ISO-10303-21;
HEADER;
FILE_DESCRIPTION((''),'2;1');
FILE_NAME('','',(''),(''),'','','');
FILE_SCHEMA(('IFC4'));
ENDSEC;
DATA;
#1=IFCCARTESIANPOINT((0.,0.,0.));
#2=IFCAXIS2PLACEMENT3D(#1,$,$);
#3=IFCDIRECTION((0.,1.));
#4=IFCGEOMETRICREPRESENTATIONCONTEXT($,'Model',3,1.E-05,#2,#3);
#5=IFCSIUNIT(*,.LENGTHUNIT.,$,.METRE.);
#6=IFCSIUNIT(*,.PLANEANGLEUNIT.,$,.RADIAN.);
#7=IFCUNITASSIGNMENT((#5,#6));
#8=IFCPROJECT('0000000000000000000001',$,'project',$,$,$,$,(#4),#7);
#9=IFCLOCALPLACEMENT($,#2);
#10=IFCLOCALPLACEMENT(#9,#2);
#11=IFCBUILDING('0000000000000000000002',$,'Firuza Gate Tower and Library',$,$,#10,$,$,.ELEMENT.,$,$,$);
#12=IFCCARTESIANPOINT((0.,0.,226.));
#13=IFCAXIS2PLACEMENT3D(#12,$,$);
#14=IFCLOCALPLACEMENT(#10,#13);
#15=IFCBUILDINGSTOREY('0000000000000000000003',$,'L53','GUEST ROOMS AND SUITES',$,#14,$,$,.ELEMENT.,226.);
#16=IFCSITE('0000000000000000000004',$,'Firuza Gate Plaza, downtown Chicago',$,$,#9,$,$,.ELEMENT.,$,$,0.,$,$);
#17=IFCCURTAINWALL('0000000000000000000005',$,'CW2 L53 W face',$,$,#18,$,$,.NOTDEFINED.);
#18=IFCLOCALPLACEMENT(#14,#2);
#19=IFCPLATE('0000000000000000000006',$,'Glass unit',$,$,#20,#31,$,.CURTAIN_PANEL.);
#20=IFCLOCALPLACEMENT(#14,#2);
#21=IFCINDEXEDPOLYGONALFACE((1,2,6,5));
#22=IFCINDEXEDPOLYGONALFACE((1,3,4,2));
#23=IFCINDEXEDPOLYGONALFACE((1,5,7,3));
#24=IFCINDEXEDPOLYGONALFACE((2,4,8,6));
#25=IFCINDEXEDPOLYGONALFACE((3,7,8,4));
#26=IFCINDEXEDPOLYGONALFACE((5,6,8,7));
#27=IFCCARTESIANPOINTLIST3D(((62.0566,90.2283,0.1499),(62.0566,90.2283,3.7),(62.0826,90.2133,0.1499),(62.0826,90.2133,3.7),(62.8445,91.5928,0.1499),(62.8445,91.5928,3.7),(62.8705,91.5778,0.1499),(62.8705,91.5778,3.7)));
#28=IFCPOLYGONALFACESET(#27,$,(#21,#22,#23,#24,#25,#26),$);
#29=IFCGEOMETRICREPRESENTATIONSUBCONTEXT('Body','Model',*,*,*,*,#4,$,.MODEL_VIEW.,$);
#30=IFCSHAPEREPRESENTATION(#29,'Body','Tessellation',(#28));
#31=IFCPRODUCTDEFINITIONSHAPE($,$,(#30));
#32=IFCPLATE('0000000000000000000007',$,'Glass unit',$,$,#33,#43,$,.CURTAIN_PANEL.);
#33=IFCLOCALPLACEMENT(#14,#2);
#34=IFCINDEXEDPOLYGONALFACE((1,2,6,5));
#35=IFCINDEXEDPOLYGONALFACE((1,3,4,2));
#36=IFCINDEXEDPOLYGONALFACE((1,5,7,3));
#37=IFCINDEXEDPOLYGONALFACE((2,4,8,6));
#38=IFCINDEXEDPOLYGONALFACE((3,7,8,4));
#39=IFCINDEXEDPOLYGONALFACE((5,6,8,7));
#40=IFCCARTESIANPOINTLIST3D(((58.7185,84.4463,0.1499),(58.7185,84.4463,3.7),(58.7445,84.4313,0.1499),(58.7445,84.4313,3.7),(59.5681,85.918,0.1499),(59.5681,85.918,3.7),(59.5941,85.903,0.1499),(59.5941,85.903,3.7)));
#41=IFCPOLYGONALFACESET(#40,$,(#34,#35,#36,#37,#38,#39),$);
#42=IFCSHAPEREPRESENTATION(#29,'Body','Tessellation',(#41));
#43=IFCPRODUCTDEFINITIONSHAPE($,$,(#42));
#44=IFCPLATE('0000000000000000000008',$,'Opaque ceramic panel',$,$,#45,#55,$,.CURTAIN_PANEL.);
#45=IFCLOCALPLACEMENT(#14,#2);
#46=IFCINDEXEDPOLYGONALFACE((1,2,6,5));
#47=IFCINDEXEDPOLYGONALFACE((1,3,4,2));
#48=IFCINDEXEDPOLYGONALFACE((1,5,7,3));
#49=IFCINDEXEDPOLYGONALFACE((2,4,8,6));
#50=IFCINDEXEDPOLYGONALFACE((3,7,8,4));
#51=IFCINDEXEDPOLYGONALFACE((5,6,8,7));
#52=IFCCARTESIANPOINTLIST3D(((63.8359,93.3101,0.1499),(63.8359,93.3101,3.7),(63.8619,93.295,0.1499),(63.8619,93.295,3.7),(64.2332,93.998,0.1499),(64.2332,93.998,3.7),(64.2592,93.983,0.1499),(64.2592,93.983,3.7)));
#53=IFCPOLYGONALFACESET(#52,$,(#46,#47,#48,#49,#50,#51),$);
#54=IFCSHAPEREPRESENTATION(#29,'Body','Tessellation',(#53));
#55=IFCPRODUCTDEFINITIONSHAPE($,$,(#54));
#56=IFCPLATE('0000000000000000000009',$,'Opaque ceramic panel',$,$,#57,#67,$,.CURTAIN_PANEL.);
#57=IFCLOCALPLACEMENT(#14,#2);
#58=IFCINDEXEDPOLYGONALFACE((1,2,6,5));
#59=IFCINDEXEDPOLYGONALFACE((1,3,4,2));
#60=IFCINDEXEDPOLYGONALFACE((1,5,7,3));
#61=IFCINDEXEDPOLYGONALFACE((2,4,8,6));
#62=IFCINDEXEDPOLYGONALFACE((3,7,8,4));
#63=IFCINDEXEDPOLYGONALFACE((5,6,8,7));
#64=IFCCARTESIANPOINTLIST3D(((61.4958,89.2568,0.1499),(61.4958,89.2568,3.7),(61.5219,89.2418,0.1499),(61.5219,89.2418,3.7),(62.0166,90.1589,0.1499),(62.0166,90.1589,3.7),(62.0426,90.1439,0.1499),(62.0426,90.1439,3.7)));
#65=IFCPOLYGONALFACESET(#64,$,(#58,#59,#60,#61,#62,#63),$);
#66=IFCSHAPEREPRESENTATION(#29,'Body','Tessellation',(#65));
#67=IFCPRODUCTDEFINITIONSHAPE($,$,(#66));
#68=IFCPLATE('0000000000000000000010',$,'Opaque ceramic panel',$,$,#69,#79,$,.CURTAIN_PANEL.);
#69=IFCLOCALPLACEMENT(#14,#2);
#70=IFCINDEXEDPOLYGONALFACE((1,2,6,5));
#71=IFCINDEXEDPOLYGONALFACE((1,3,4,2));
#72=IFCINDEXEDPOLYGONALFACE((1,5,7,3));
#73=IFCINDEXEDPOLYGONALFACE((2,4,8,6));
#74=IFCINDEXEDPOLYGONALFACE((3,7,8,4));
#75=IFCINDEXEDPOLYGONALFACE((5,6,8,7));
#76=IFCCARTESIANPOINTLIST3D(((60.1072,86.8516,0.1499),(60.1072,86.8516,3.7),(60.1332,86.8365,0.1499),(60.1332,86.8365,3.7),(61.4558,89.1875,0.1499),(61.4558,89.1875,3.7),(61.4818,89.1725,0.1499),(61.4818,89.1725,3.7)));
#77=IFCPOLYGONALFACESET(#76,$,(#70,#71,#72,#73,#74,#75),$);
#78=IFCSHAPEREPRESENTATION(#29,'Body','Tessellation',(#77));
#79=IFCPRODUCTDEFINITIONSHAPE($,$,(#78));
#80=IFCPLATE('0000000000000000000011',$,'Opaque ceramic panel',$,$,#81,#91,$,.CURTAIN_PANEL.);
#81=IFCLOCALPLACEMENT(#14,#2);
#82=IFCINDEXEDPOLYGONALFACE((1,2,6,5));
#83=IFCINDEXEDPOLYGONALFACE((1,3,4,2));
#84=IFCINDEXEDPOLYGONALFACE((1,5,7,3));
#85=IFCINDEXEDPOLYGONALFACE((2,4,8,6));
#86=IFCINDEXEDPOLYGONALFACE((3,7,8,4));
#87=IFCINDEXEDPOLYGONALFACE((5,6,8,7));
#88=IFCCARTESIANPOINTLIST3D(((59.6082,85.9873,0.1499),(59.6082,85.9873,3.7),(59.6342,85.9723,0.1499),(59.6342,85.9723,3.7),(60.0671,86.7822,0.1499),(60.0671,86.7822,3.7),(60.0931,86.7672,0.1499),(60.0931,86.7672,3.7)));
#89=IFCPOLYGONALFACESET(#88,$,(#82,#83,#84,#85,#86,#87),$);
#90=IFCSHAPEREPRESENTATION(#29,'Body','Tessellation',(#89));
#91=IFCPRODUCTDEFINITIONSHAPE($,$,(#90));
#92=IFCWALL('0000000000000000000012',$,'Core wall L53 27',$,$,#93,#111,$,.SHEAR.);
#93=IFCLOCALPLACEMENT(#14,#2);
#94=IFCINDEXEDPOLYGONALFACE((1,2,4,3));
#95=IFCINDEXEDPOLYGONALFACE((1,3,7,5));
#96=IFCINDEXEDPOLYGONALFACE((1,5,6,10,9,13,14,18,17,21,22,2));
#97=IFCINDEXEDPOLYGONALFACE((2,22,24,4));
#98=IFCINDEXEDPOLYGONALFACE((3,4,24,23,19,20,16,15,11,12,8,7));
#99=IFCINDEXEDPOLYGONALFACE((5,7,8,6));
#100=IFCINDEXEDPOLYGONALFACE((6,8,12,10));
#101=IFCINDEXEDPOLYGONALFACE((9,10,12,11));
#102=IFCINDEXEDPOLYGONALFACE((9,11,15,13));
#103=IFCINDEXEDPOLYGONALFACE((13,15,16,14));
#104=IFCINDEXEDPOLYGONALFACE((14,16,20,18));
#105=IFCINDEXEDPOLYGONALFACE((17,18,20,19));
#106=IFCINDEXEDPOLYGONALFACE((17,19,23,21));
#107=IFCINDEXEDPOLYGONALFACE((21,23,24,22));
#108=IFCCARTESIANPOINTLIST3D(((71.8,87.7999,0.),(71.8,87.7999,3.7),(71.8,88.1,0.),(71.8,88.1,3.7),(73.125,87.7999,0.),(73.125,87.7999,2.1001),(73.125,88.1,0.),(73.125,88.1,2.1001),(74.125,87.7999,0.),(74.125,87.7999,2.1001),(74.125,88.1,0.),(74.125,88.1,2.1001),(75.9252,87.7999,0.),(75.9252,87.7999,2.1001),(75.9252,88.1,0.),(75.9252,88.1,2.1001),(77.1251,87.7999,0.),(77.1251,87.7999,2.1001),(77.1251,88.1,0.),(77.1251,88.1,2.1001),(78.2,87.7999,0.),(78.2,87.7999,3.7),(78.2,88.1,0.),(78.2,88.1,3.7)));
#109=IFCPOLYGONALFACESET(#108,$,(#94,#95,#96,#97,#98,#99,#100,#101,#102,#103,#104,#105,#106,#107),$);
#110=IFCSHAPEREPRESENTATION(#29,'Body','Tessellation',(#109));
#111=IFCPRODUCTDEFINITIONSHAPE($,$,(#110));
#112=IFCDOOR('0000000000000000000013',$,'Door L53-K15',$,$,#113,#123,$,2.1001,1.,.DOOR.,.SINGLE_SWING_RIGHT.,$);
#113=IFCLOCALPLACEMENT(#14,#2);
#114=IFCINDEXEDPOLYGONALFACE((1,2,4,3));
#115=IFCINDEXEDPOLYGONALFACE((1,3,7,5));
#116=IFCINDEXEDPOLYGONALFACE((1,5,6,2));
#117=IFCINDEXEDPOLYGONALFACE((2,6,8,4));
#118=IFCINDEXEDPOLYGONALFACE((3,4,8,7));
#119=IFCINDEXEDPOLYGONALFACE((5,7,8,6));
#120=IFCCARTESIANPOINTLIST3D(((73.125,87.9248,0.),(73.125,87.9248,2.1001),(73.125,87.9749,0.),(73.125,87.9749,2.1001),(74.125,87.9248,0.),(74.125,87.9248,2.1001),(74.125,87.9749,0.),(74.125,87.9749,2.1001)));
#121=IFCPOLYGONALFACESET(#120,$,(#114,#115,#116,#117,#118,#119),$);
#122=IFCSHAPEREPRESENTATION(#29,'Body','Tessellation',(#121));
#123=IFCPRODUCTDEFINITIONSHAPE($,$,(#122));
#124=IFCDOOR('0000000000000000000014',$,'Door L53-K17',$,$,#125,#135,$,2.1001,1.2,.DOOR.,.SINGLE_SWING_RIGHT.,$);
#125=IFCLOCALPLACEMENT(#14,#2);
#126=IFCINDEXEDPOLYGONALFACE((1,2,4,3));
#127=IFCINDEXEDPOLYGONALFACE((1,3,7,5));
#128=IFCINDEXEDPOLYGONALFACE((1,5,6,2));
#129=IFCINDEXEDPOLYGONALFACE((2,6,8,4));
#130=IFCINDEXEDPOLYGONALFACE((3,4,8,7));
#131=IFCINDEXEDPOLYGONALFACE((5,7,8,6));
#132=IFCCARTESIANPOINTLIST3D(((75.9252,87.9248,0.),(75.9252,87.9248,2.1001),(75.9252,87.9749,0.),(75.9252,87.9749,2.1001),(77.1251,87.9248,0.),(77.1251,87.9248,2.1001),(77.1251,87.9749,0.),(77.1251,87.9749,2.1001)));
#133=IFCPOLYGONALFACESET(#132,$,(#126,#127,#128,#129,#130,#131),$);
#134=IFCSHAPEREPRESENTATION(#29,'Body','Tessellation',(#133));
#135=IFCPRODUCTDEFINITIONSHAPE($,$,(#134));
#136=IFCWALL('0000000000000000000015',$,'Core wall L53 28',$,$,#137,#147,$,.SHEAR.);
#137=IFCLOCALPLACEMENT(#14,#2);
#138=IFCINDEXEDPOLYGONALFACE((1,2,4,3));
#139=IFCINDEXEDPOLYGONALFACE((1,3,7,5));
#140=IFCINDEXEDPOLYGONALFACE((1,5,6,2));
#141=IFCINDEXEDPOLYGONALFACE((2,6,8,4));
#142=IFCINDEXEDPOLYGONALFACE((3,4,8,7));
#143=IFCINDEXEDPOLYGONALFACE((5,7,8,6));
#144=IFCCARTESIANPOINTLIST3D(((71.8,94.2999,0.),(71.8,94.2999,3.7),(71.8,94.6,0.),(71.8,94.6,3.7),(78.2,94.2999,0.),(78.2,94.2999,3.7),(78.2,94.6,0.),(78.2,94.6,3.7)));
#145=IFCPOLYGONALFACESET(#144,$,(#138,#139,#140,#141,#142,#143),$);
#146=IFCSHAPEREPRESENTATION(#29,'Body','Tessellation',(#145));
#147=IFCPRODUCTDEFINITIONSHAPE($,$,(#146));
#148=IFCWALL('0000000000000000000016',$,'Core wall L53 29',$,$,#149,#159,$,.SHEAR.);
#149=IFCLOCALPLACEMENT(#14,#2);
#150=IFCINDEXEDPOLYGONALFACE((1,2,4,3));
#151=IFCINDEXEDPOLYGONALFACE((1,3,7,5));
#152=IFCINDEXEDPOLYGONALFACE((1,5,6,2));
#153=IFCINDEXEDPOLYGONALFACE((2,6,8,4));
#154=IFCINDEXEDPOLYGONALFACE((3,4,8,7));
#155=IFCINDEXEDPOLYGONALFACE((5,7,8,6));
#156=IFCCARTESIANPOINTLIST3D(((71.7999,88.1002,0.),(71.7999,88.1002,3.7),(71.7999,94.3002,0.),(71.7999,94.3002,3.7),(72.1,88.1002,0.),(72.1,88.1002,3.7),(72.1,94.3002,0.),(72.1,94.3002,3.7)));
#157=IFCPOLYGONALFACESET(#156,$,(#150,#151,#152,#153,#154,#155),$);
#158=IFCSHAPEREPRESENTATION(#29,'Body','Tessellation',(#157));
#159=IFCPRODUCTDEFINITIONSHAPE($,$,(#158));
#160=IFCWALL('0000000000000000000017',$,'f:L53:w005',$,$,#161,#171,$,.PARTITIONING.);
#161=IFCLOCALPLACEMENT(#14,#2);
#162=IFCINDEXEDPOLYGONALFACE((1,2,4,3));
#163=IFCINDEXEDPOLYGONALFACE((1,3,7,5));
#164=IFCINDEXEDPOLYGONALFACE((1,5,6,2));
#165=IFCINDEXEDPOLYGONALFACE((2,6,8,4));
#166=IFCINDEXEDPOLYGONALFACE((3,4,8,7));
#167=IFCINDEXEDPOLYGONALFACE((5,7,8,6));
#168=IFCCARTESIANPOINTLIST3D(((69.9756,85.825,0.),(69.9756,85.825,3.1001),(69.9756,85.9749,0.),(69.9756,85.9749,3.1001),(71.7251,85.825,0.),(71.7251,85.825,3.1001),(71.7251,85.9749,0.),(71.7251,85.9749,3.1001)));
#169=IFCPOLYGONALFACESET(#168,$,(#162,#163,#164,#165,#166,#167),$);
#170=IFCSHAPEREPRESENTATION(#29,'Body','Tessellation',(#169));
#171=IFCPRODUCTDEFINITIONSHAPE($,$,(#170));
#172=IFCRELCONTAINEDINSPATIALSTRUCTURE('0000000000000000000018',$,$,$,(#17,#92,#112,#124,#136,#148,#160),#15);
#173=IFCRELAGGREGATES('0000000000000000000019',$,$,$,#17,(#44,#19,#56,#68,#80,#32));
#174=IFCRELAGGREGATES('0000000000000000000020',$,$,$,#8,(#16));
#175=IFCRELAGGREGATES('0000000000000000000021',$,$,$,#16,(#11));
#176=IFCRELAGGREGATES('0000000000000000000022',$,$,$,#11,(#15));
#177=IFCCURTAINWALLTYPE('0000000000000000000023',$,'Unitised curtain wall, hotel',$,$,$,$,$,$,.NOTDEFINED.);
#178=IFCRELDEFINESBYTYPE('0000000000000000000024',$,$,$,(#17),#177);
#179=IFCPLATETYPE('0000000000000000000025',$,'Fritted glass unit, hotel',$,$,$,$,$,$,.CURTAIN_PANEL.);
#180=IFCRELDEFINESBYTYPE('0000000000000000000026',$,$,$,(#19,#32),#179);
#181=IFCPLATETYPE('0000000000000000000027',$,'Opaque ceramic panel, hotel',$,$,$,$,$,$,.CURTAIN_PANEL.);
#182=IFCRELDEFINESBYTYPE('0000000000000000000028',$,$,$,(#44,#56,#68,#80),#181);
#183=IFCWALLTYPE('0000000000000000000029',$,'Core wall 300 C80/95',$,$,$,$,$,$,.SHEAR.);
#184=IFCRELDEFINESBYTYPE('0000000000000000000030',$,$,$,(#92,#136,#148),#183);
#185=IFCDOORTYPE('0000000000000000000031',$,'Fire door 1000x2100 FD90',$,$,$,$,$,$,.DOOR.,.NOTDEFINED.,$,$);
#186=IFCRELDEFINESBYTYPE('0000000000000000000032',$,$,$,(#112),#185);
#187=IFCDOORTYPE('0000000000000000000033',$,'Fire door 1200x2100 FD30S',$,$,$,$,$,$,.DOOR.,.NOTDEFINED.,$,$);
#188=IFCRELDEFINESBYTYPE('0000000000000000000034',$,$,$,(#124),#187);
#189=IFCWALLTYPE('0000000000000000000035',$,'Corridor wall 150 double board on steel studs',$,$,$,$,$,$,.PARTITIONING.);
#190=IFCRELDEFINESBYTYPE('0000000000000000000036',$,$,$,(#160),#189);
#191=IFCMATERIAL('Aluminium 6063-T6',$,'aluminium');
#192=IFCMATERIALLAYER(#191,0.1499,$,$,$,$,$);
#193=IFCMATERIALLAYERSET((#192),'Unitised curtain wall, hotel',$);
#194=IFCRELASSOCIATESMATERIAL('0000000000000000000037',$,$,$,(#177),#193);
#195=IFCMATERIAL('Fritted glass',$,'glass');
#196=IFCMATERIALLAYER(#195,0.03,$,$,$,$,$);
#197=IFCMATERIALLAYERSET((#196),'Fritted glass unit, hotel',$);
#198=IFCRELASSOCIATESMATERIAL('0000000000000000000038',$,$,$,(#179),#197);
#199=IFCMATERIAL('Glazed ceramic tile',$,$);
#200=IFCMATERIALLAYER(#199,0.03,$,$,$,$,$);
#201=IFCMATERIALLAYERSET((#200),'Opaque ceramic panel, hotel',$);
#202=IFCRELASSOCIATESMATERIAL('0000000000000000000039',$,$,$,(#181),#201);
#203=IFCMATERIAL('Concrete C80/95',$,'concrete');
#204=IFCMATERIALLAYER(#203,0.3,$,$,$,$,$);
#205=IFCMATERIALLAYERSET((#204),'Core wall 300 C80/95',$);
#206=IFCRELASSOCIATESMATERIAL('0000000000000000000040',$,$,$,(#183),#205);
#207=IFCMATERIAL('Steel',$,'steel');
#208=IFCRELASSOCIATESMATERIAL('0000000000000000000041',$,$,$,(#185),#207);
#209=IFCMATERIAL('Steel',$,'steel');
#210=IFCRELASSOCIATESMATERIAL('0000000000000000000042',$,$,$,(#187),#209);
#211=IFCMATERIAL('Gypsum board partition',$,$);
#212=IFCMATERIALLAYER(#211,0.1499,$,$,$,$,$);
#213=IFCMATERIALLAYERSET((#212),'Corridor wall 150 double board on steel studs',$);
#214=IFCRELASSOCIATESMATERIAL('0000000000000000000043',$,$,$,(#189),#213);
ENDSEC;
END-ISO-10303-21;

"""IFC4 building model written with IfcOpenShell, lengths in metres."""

from ifc_helpers import new_model, si_unit, direction, frame, frame_2d, origin, place, context, subcontext, project, spatial, polyline, rectangle, outline, extrude, material, layer, layer_set, type_object, element, fill, aggregate, save


model = new_model("IFC4")

# Units and contexts
model_context = context("Model", 3, precision=1e-05, world=origin(), true_north=direction((0.0, 1.0)))
body_context = subcontext(model_context, "Body", "Model", "MODEL_VIEW")
ifc_project = project(units=[si_unit("LENGTHUNIT", "METRE"), si_unit("PLANEANGLEUNIT", "RADIAN")], contexts=[model_context])

# Site, building, storey
site_placement = place(None, origin())
site = spatial("IfcSite", under=ifc_project, at=site_placement, Name="Firuza Gate Plaza, downtown Chicago", CompositionType="ELEMENT", RefElevation=0.0)
building_placement = place(site_placement, origin())
building = spatial("IfcBuilding", under=site, at=building_placement, Name="Firuza Gate Tower and Library", CompositionType="ELEMENT")
storey_placement = place(building_placement, frame((0.0, 0.0, 226.0)))
storey = spatial("IfcBuildingStorey", under=building, at=storey_placement, Name="L53", Description="GUEST ROOMS AND SUITES", CompositionType="ELEMENT", Elevation=226.0)

# Curtain wall
ifc_material_1 = material(Name="Aluminium 6063-T6", Category="aluminium")
ifc_layer_1 = layer(ifc_material_1, 0.1499)
ifc_layer_set_1 = layer_set([ifc_layer_1], Name="Unitised curtain wall, hotel")
curtain_wall_type = type_object("IfcCurtainWallType", Name="Unitised curtain wall, hotel", PredefinedType="NOTDEFINED", material=ifc_layer_set_1)
placement = place(storey_placement, origin())
curtain_wall = element("IfcCurtainWall", 1, at=placement, inside=storey, type_object=curtain_wall_type, Name="CW2 L53 W face", PredefinedType="NOTDEFINED")

# Plates
ifc_material_2 = material(Name="Fritted glass", Category="glass")
ifc_layer_2 = layer(ifc_material_2, 0.03)
ifc_layer_set_2 = layer_set([ifc_layer_2], Name="Fritted glass unit, hotel")
plate_type_1 = type_object("IfcPlateType", Name="Fritted glass unit, hotel", PredefinedType="CURTAIN_PANEL", material=ifc_layer_set_2)
plate_1_placement = place(storey_placement, frame((62.8445, 91.5928, 0.1499), z_axis=(-0.866013, 0.500022, 0.0), x_axis=(-0.500022, -0.866013, 0.0)))
plate_1 = element("IfcPlate", 2, at=plate_1_placement, type_object=plate_type_1, Name="Glass unit", PredefinedType="CURTAIN_PANEL", context=body_context, shape_type="SweptSolid", body=[
    extrude(outline(polyline([(0.0, 0.0), (1.5756, 0.0), (1.5756, 3.55), (0.0, 3.55), (0.0, 0.0)])), origin(), (0.0, 0.0, -1.0), 0.03),
])
plate_2_placement = place(storey_placement, frame((59.5681, 85.918, 0.1499), z_axis=(-0.866042, 0.499971, 0.0), x_axis=(-0.499971, -0.866042, 0.0)))
plate_2 = element("IfcPlate", 3, at=plate_2_placement, type_object=plate_type_1, Name="Glass unit", PredefinedType="CURTAIN_PANEL", context=body_context, shape_type="SweptSolid", body=[
    extrude(outline(polyline([(0.0, 0.0), (1.6993, 0.0), (1.6993, 3.55), (0.0, 3.55), (0.0, 0.0)])), origin(), (0.0, 0.0, -1.0), 0.03),
])
ifc_material_3 = material(Name="Glazed ceramic tile")
ifc_layer_3 = layer(ifc_material_3, 0.03)
ifc_layer_set_3 = layer_set([ifc_layer_3], Name="Opaque ceramic panel, hotel")
plate_type_2 = type_object("IfcPlateType", Name="Opaque ceramic panel, hotel", PredefinedType="CURTAIN_PANEL", material=ifc_layer_set_3)
plate_3_placement = place(storey_placement, frame((64.2332, 93.998, 0.1499), z_axis=(-0.866022, 0.500006, 0.0), x_axis=(-0.500006, -0.866022, 0.0)))
plate_3 = element("IfcPlate", 4, at=plate_3_placement, type_object=plate_type_2, Name="Opaque ceramic panel", PredefinedType="CURTAIN_PANEL", context=body_context, shape_type="SweptSolid", body=[
    extrude(outline(polyline([(0.0, 0.0), (0.7944, 0.0), (0.7944, 3.55), (0.0, 3.55), (0.0, 0.0)])), origin(), (0.0, 0.0, -1.0), 0.03),
])
plate_4_placement = place(storey_placement, frame((62.0166, 90.1589, 0.1499), z_axis=(-0.866057, 0.499946, 0.0), x_axis=(-0.499946, -0.866057, 0.0)))
plate_4 = element("IfcPlate", 5, at=plate_4_placement, type_object=plate_type_2, Name="Opaque ceramic panel", PredefinedType="CURTAIN_PANEL", context=body_context, shape_type="SweptSolid", body=[
    extrude(outline(polyline([(0.0, 0.0), (1.0416, 0.0), (1.0416, 3.55), (0.0, 3.55), (0.0, 0.0)])), origin(), (0.0, 0.0, -1.0), 0.03),
])
plate_5_placement = place(storey_placement, frame((61.4558, 89.1875, 0.1499), z_axis=(-0.866029, 0.499994, 0.0), x_axis=(-0.499994, -0.866029, 0.0)))
plate_5 = element("IfcPlate", 6, at=plate_5_placement, type_object=plate_type_2, Name="Opaque ceramic panel", PredefinedType="CURTAIN_PANEL", context=body_context, shape_type="SweptSolid", body=[
    extrude(outline(polyline([(0.0, 0.0), (2.6973, 0.0), (2.6973, 3.55), (0.0, 3.55), (0.0, 0.0)])), origin(), (0.0, 0.0, -1.0), 0.03),
])
plate_6_placement = place(storey_placement, frame((60.0671, 86.7822, 0.1499), z_axis=(-0.866008, 0.500029, 0.0), x_axis=(-0.500029, -0.866008, 0.0)))
plate_6 = element("IfcPlate", 7, at=plate_6_placement, type_object=plate_type_2, Name="Opaque ceramic panel", PredefinedType="CURTAIN_PANEL", context=body_context, shape_type="SweptSolid", body=[
    extrude(outline(polyline([(0.0, 0.0), (0.9179, 0.0), (0.9179, 3.55), (0.0, 3.55), (0.0, 0.0)])), origin(), (0.0, 0.0, -1.0), 0.03),
])
aggregate(curtain_wall, [plate_3, plate_1, plate_4, plate_5, plate_6, plate_2])

# Wall, openings, doors
ifc_material_4 = material(Name="Concrete C80/95", Category="concrete")
ifc_layer_4 = layer(ifc_material_4, 0.3)
ifc_layer_set_4 = layer_set([ifc_layer_4], Name="Core wall 300 C80/95")
wall_type_1 = type_object("IfcWallType", Name="Core wall 300 C80/95", PredefinedType="SHEAR", material=ifc_layer_set_4)
wall_1_placement = place(storey_placement, frame((71.8, 87.95, 0.0), z_axis=(0.0, 0.0, 1.0), x_axis=(1.0, 0.0, 0.0)))
wall_1 = element("IfcWall", 8, at=wall_1_placement, inside=storey, type_object=wall_type_1, Name="Core wall L53 27", PredefinedType="SHEAR", context=body_context, shape_type="SweptSolid", body=[
    extrude(rectangle(XDim=6.3999, YDim=0.3, at=frame_2d((3.2, 0.0))), origin(), (0.0, 0.0, 1.0), 3.7),
])
opening_1_placement = place(wall_1_placement, frame((1.325, 0.0, 0.0)))
opening_1 = element("IfcOpeningElement", 9, at=opening_1_placement, cuts=wall_1, PredefinedType="OPENING", context=body_context, shape_type="SweptSolid", body=[
    extrude(rectangle(XDim=1.0, YDim=2.1001, at=frame_2d((0.5, 1.05))), frame((0.0, 0.1602, 0.0), z_axis=(0.0, -1.0, 0.0), x_axis=(1.0, 0.0, 0.0)), (0.0, 0.0, 1.0), 0.3201),
])
opening_2_placement = place(wall_1_placement, frame((4.125, 0.0, 0.0)))
opening_2 = element("IfcOpeningElement", 10, at=opening_2_placement, cuts=wall_1, PredefinedType="OPENING", context=body_context, shape_type="SweptSolid", body=[
    extrude(rectangle(XDim=1.2, YDim=2.1001, at=frame_2d((0.6001, 1.05))), frame((0.0, 0.1602, 0.0), z_axis=(0.0, -1.0, 0.0), x_axis=(1.0, 0.0, 0.0)), (0.0, 0.0, 1.0), 0.3201),
])
ifc_material_5 = material(Name="Steel", Category="steel")
door_type_1 = type_object("IfcDoorType", Name="Fire door 1000x2100 FD90", OperationType="NOTDEFINED", PredefinedType="DOOR", material=ifc_material_5)
door_1_placement = place(opening_1_placement, origin())
door_1 = element("IfcDoor", 11, at=door_1_placement, inside=storey, type_object=door_type_1, Name="Door L53-K15", OperationType="SINGLE_SWING_RIGHT", OverallHeight=2.1001, OverallWidth=1.0, PredefinedType="DOOR", context=body_context, shape_type="SweptSolid", body=[
    extrude(rectangle(XDim=1.0, YDim=2.1001, at=frame_2d((0.5, 1.05))), frame((0.0, 0.0249, 0.0), z_axis=(0.0, -1.0, 0.0), x_axis=(1.0, 0.0, 0.0)), (0.0, 0.0, 1.0), 0.05),
])
fill(opening_1, door_1)
ifc_material_6 = material(Name="Steel", Category="steel")
door_type_2 = type_object("IfcDoorType", Name="Fire door 1200x2100 FD30S", OperationType="NOTDEFINED", PredefinedType="DOOR", material=ifc_material_6)
door_2_placement = place(opening_2_placement, origin())
door_2 = element("IfcDoor", 12, at=door_2_placement, inside=storey, type_object=door_type_2, Name="Door L53-K17", OperationType="SINGLE_SWING_RIGHT", OverallHeight=2.1001, OverallWidth=1.2, PredefinedType="DOOR", context=body_context, shape_type="SweptSolid", body=[
    extrude(rectangle(XDim=1.2, YDim=2.1001, at=frame_2d((0.6001, 1.05))), frame((0.0, 0.0249, 0.0), z_axis=(0.0, -1.0, 0.0), x_axis=(1.0, 0.0, 0.0)), (0.0, 0.0, 1.0), 0.05),
])
fill(opening_2, door_2)

# Walls
wall_2_placement = place(storey_placement, frame((71.8, 94.45, 0.0), z_axis=(0.0, 0.0, 1.0), x_axis=(1.0, 0.0, 0.0)))
element("IfcWall", 13, at=wall_2_placement, inside=storey, type_object=wall_type_1, Name="Core wall L53 28", PredefinedType="SHEAR", context=body_context, shape_type="SweptSolid", body=[
    extrude(rectangle(XDim=6.3999, YDim=0.3, at=frame_2d((3.2, 0.0))), origin(), (0.0, 0.0, 1.0), 3.7),
])
wall_3_placement = place(storey_placement, frame((71.95, 88.1001, 0.0), z_axis=(0.0, 0.0, 1.0), x_axis=(0.0, 1.0, 0.0)))
element("IfcWall", 14, at=wall_3_placement, inside=storey, type_object=wall_type_1, Name="Core wall L53 29", PredefinedType="SHEAR", context=body_context, shape_type="SweptSolid", body=[
    extrude(rectangle(XDim=6.2, YDim=0.3, at=frame_2d((3.1001, 0.0))), origin(), (0.0, 0.0, 1.0), 3.7),
])
ifc_material_7 = material(Name="Gypsum board partition")
ifc_layer_5 = layer(ifc_material_7, 0.1499)
ifc_layer_set_5 = layer_set([ifc_layer_5], Name="Corridor wall 150 double board on steel studs")
wall_type_2 = type_object("IfcWallType", Name="Corridor wall 150 double board on steel studs", PredefinedType="PARTITIONING", material=ifc_layer_set_5)
wall_4_placement = place(storey_placement, frame((69.9756, 85.8999, 0.0), z_axis=(0.0, 0.0, 1.0), x_axis=(1.0, 0.0, 0.0)))
element("IfcWall", 15, at=wall_4_placement, inside=storey, type_object=wall_type_2, Name="f:L53:w005", PredefinedType="PARTITIONING", context=body_context, shape_type="SweptSolid", body=[
    extrude(rectangle(XDim=1.7495, YDim=0.1499, at=frame_2d((0.8748, 0.0))), origin(), (0.0, 0.0, 1.0), 3.1001),
])

save(model, "model.ifc")
